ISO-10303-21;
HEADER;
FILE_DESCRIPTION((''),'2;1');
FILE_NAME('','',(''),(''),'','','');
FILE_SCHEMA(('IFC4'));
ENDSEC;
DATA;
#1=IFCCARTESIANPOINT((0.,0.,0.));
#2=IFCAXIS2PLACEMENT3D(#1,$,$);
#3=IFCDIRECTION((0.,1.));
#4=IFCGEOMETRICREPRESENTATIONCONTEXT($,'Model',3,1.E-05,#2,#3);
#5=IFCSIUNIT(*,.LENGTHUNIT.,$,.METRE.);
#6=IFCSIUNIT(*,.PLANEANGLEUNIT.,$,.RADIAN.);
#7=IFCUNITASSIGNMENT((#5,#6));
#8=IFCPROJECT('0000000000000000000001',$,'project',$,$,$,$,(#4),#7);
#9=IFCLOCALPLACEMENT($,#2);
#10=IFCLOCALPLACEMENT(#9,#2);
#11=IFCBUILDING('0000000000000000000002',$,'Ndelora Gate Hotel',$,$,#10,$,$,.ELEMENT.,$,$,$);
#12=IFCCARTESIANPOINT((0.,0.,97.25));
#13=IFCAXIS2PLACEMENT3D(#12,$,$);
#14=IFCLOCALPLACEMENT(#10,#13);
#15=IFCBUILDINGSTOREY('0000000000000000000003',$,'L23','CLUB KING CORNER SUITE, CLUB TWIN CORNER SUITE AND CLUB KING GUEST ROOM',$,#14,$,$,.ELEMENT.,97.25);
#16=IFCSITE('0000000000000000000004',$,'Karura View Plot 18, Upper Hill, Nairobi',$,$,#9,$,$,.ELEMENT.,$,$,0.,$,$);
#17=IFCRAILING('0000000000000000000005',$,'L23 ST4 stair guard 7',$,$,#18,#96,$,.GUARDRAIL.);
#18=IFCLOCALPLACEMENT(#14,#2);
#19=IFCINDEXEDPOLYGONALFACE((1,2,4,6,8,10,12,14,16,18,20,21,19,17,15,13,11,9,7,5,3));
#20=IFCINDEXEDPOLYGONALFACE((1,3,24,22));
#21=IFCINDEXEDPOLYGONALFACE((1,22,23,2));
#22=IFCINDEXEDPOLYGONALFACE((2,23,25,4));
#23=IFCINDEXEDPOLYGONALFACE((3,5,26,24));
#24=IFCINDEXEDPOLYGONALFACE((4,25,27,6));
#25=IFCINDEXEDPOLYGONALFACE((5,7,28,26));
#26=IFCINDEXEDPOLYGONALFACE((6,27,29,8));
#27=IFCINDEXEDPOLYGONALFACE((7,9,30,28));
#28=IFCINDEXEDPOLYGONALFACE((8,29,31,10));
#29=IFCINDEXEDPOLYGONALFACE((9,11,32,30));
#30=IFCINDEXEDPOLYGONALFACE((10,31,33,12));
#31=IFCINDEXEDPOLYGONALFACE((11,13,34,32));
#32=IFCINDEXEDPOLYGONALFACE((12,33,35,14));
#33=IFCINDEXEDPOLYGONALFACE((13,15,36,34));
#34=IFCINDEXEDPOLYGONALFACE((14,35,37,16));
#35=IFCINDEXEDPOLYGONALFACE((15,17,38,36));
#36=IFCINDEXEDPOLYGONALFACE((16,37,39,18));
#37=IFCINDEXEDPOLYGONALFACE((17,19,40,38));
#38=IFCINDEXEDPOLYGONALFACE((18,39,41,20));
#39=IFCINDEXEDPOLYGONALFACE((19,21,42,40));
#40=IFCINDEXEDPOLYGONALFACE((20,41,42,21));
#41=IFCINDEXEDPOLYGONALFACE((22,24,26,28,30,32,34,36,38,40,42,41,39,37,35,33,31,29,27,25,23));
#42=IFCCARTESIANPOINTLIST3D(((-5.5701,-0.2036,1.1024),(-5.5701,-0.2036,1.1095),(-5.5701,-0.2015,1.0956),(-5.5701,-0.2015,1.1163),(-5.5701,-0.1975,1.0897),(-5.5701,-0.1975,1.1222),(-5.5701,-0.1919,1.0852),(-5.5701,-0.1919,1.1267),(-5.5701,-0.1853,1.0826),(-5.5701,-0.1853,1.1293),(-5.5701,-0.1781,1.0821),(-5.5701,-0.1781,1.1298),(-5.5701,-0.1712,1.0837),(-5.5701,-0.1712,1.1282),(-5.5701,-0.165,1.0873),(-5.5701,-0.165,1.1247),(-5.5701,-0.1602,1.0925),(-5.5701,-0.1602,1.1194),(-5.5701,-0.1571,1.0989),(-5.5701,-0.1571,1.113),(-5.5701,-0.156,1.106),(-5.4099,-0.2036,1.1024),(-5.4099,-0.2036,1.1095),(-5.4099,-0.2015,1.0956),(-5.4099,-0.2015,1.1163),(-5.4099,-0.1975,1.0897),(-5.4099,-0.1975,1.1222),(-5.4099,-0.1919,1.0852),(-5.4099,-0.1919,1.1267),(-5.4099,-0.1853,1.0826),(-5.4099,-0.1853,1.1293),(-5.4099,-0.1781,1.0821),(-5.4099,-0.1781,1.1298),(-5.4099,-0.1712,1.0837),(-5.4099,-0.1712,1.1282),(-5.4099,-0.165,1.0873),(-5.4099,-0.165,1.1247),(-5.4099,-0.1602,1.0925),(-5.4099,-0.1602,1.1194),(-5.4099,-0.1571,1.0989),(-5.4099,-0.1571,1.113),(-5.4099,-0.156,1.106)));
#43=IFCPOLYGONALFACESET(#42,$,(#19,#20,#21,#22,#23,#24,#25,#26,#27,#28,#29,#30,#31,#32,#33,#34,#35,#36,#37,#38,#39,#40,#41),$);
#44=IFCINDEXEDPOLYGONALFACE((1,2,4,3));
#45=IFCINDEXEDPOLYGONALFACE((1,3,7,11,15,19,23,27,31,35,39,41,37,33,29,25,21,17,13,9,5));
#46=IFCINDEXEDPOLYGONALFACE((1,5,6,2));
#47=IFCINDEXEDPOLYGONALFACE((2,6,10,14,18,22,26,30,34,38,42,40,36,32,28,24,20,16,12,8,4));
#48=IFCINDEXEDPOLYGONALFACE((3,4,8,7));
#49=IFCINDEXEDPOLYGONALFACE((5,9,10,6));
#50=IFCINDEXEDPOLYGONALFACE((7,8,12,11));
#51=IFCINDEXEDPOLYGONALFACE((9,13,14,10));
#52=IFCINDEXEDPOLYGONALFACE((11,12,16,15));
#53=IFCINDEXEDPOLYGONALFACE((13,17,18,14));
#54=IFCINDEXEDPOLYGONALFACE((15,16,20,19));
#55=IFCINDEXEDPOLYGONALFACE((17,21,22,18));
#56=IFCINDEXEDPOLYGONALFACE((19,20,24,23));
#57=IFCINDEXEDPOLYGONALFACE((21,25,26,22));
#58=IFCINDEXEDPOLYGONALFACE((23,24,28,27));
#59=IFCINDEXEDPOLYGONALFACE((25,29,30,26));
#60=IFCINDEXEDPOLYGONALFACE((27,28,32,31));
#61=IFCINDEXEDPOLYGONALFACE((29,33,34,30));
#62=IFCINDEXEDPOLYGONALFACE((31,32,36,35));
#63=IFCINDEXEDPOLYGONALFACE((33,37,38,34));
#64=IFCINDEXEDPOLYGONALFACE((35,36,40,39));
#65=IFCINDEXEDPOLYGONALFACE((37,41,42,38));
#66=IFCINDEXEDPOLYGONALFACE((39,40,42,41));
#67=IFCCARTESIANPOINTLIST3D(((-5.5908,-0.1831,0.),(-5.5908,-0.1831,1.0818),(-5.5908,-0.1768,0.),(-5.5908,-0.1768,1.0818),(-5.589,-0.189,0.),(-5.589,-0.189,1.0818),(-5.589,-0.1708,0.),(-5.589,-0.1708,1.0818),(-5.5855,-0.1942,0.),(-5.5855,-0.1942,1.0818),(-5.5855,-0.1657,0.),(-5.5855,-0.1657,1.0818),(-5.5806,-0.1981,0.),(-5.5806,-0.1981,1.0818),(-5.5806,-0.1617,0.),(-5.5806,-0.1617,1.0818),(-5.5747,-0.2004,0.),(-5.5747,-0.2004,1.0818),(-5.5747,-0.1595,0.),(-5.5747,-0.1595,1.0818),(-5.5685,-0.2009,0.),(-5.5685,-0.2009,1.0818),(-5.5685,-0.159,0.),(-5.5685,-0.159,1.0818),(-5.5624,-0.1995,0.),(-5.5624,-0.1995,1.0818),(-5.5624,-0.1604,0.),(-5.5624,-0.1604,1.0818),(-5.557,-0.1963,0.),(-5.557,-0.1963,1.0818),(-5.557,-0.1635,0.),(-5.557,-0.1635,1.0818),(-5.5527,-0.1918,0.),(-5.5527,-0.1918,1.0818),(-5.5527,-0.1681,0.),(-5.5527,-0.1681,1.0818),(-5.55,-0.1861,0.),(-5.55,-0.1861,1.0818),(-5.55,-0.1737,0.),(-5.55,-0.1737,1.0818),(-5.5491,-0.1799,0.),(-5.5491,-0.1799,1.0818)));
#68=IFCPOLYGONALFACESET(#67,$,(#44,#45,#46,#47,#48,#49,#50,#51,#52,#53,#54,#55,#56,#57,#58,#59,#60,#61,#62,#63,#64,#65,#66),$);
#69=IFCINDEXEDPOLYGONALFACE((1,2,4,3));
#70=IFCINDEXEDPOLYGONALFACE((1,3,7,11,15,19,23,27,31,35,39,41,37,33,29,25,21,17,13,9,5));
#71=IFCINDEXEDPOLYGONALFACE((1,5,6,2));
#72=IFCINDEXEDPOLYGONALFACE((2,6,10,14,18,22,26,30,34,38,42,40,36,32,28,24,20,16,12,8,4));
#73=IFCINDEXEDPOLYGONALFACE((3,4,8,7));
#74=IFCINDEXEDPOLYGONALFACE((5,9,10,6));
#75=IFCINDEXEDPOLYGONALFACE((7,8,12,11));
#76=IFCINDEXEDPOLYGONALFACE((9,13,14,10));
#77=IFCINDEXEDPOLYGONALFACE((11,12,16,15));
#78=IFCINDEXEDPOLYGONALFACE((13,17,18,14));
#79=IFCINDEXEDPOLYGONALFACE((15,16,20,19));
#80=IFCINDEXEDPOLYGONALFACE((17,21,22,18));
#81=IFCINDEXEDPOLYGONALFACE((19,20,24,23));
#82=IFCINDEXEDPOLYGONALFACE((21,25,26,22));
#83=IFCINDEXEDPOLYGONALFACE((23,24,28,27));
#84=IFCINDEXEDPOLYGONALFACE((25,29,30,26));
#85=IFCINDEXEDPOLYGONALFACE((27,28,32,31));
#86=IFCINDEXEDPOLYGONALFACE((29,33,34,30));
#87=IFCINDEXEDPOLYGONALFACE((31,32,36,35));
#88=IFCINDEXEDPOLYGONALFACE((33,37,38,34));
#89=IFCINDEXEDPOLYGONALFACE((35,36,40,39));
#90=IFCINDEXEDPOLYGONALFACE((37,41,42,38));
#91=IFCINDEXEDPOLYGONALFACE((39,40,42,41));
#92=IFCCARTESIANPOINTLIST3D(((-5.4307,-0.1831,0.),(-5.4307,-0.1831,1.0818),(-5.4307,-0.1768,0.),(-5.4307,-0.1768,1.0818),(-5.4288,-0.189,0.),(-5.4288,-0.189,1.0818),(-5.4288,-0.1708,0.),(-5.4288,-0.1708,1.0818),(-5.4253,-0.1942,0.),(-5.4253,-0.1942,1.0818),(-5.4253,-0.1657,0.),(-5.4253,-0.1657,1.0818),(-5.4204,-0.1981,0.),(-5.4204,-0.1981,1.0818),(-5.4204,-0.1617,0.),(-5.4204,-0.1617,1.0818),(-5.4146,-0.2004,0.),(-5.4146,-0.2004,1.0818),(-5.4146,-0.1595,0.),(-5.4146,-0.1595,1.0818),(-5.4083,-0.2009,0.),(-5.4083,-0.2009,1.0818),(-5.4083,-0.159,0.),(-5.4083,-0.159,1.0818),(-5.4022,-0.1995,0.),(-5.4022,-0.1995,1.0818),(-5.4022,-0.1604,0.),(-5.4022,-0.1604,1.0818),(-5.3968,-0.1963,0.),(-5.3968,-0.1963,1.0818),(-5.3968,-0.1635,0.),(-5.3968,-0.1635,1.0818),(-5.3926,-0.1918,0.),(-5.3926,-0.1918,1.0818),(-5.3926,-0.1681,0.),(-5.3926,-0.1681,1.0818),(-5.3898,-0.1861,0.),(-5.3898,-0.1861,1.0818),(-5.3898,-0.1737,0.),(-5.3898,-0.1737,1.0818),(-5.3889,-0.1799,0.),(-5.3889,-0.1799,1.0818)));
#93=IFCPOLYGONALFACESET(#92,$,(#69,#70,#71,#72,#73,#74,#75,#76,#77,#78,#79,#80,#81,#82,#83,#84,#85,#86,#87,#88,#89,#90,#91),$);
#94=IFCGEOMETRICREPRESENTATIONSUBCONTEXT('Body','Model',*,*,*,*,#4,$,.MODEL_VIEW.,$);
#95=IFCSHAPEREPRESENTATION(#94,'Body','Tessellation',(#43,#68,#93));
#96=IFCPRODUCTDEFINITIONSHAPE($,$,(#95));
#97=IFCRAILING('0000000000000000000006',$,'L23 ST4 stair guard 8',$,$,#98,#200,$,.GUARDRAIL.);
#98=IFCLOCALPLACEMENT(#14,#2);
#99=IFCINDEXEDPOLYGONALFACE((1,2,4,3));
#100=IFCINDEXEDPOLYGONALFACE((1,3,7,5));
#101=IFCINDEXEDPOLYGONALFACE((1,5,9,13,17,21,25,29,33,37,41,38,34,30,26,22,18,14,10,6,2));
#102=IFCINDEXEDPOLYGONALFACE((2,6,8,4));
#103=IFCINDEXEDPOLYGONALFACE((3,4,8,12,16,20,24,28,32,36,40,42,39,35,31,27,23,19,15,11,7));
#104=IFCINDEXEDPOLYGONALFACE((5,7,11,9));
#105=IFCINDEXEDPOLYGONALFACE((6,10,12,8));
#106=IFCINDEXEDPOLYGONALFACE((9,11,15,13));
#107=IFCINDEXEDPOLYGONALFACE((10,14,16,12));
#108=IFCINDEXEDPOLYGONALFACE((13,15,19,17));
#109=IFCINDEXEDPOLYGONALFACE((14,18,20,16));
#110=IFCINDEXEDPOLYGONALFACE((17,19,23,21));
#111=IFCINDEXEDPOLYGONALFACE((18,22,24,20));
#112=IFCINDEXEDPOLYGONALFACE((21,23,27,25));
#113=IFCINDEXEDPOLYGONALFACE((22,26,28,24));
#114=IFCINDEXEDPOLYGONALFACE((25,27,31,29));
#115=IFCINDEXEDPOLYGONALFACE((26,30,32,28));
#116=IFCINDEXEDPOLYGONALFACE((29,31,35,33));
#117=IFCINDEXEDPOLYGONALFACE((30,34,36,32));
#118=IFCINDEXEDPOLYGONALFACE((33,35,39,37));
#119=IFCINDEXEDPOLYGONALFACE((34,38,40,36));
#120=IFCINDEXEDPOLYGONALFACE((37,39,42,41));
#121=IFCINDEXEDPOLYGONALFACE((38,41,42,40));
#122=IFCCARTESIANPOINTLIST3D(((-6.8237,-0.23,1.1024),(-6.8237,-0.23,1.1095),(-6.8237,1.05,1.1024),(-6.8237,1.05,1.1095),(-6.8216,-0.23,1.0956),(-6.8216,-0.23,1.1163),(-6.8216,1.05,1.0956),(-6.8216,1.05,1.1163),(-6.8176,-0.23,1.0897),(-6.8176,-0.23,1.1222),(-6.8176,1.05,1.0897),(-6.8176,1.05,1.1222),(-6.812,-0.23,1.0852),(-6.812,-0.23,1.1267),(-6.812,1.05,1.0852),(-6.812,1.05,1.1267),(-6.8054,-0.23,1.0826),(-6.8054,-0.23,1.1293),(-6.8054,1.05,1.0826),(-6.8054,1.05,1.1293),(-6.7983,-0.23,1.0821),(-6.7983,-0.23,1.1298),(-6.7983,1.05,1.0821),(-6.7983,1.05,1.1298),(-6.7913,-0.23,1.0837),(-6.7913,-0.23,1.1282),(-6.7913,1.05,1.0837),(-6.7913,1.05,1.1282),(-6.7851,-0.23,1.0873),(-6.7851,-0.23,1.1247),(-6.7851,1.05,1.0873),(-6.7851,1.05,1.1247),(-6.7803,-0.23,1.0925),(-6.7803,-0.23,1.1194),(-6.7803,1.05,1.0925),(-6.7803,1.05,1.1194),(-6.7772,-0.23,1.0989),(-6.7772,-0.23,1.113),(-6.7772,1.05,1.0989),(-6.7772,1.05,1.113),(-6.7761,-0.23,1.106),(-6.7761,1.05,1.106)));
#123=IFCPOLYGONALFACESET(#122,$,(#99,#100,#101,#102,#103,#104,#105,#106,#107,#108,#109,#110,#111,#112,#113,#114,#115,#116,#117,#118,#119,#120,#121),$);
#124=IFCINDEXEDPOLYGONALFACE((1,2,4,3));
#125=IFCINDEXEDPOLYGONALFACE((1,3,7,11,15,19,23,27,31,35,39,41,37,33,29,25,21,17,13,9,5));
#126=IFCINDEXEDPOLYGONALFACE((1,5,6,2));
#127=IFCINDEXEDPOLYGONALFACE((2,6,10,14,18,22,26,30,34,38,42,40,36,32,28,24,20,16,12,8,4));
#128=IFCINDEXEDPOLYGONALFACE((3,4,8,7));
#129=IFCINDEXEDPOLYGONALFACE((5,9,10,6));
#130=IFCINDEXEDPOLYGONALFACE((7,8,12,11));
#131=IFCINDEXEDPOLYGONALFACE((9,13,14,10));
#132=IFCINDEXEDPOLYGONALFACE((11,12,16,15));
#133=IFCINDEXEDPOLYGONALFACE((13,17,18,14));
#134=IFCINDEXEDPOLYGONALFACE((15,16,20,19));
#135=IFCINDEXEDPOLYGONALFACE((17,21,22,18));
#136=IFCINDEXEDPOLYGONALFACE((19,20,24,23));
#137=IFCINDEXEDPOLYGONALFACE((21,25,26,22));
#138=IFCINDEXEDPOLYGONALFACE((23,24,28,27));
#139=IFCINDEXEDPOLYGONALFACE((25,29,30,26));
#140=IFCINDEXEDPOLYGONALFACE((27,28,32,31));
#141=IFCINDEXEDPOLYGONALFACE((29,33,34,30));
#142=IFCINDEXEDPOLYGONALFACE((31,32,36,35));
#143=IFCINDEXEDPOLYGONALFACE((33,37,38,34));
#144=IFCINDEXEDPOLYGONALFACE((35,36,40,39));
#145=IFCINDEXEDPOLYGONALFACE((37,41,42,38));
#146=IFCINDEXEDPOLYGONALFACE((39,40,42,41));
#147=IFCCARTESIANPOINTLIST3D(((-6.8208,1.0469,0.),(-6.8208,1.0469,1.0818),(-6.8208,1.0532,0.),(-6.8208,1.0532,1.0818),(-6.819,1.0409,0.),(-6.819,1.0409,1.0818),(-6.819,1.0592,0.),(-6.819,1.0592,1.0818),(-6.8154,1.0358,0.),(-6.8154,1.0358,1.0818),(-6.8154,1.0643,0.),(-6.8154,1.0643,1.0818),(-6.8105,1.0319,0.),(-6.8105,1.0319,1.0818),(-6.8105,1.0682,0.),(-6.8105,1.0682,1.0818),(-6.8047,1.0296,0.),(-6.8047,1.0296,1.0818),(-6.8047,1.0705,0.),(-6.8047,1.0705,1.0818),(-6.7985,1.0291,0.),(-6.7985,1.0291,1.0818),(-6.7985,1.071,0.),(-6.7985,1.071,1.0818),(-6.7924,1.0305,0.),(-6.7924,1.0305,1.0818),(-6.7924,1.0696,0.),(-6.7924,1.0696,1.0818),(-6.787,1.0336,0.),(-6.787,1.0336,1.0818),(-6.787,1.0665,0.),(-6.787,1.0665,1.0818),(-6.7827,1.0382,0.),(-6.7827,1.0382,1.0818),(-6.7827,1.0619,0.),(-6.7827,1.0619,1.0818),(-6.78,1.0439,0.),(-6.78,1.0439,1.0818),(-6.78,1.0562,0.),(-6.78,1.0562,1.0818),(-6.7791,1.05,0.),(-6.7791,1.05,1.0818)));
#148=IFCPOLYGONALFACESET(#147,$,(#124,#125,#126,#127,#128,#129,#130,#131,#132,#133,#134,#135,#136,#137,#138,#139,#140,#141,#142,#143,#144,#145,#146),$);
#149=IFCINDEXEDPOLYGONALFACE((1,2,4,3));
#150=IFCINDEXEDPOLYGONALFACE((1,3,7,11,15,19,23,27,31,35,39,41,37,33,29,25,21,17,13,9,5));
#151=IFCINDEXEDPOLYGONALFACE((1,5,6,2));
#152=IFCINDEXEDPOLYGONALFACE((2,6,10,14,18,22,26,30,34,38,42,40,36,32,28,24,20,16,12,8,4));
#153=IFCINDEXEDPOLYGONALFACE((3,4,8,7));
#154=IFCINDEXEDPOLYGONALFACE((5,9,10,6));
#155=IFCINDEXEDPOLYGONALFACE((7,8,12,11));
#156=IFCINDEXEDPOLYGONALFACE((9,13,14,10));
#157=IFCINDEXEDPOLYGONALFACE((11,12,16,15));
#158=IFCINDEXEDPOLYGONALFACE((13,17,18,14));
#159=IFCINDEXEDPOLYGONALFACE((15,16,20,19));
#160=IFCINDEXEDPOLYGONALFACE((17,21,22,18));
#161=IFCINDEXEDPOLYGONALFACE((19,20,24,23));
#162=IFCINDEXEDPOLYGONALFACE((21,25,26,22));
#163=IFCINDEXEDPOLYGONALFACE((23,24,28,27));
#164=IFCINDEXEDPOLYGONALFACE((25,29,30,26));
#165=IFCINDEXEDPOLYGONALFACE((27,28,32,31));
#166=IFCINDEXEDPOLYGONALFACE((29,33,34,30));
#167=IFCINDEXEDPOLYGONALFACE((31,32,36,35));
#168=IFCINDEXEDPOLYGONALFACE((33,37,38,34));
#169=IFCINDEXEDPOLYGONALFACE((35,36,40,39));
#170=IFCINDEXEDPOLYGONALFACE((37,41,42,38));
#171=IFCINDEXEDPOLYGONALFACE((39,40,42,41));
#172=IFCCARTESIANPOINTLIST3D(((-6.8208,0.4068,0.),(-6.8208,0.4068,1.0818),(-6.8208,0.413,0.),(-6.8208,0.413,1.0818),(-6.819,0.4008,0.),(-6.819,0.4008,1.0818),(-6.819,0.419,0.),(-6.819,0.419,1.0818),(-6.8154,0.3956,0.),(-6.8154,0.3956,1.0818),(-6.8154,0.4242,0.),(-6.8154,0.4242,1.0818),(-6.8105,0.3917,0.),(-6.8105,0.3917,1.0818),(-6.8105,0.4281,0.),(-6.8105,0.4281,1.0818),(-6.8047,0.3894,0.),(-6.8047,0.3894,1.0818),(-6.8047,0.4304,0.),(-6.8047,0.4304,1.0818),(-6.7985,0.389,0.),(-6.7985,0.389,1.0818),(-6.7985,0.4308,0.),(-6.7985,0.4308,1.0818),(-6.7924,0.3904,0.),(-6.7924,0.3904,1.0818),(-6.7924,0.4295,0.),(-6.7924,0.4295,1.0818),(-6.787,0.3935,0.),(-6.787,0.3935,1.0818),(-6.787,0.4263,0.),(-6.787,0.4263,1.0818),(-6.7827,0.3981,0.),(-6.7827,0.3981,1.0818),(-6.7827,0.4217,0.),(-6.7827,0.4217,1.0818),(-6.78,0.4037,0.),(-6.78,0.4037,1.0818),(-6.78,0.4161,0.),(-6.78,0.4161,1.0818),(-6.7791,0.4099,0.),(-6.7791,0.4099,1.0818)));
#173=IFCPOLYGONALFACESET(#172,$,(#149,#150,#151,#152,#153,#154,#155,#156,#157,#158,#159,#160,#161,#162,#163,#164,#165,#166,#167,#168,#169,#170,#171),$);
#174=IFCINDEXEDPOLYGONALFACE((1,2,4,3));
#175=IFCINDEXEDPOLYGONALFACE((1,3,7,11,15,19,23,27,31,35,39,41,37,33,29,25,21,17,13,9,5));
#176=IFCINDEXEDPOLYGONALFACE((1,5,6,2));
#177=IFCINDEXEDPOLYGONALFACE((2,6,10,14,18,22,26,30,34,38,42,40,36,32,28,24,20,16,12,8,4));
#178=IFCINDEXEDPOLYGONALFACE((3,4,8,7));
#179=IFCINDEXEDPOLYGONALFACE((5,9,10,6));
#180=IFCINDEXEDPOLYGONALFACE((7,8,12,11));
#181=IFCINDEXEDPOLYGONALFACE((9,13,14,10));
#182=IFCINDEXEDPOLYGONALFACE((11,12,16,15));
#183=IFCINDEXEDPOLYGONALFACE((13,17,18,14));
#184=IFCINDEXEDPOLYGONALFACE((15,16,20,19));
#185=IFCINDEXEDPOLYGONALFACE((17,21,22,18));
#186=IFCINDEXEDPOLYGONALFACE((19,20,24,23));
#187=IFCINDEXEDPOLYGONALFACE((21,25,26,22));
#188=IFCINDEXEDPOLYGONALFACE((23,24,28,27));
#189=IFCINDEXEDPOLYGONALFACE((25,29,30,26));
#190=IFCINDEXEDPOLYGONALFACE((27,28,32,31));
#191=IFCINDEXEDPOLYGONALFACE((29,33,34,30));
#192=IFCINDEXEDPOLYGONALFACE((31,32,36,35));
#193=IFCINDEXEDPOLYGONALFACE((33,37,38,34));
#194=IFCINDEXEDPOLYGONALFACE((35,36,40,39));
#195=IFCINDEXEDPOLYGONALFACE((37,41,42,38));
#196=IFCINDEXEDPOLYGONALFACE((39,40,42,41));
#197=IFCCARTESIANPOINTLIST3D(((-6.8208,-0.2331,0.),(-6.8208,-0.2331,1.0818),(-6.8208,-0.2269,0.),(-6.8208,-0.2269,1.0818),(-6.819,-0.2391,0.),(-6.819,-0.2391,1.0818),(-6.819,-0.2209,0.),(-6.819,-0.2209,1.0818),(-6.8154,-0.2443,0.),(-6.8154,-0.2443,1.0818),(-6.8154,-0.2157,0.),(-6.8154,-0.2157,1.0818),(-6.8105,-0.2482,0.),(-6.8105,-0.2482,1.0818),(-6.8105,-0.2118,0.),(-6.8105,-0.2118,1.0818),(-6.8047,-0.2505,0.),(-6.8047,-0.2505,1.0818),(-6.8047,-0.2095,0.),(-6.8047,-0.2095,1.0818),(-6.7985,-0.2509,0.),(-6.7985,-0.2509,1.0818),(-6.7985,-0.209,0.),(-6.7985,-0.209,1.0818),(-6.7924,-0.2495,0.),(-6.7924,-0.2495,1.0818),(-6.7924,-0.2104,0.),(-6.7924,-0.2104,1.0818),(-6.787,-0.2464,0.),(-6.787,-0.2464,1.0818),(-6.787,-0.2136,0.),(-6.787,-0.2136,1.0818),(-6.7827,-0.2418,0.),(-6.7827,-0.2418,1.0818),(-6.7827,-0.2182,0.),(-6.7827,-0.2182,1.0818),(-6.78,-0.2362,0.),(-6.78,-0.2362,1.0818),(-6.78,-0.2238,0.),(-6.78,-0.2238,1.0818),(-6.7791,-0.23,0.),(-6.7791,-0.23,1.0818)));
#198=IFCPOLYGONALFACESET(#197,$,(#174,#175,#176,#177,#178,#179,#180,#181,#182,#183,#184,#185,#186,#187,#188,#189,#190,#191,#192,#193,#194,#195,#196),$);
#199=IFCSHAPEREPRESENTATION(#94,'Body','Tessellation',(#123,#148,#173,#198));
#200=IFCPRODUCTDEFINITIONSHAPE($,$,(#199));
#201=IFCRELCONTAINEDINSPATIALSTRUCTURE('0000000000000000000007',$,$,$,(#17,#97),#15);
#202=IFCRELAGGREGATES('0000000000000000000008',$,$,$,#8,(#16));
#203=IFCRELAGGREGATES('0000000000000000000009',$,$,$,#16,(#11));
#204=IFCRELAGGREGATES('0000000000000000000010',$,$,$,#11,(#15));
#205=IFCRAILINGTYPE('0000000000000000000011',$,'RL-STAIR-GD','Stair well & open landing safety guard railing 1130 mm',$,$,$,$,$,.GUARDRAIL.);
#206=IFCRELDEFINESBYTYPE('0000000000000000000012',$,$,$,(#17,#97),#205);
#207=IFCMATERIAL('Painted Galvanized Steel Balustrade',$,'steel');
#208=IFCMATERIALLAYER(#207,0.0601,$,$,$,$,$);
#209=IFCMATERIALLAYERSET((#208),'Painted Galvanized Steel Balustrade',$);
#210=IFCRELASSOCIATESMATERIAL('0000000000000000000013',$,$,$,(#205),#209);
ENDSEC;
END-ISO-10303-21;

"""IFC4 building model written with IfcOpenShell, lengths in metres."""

from ifc_helpers import new_model, si_unit, direction, frame, origin, origin_2d, place, context, subcontext, project, spatial, circle, extrude, material, layer, layer_set, type_object, element, save


model = new_model("IFC4")

# Units and contexts
model_context = context("Model", 3, precision=1e-05, world=origin(), true_north=direction((0.0, 1.0)))
body_context = subcontext(model_context, "Body", "Model", "MODEL_VIEW")
ifc_project = project(units=[si_unit("LENGTHUNIT", "METRE"), si_unit("PLANEANGLEUNIT", "RADIAN")], contexts=[model_context])

# Site, building, storey
site_placement = place(None, origin())
site = spatial("IfcSite", under=ifc_project, at=site_placement, Name="Karura View Plot 18, Upper Hill, Nairobi", CompositionType="ELEMENT", RefElevation=0.0)
building_placement = place(site_placement, origin())
building = spatial("IfcBuilding", under=site, at=building_placement, Name="Ndelora Gate Hotel", CompositionType="ELEMENT")
storey_placement = place(building_placement, frame((0.0, 0.0, 97.25)))
storey = spatial("IfcBuildingStorey", under=building, at=storey_placement, Name="L23", Description="CLUB KING CORNER SUITE, CLUB TWIN CORNER SUITE AND CLUB KING GUEST ROOM", CompositionType="ELEMENT", Elevation=97.25)

# Railings
ifc_material_1 = material(Name="Painted Galvanized Steel Balustrade", Category="steel")
ifc_layer_1 = layer(ifc_material_1, 0.0601)
ifc_layer_set_1 = layer_set([ifc_layer_1], Name="Painted Galvanized Steel Balustrade")
railing_type = type_object("IfcRailingType", Name="RL-STAIR-GD", Description="Stair well & open landing safety guard railing 1130 mm", PredefinedType="GUARDRAIL", material=ifc_layer_set_1)
railing_1_placement = place(storey_placement, frame((-5.5701, -0.1799, 0.0)))
element("IfcRailing", 1, at=railing_1_placement, inside=storey, type_object=railing_type, Name="L23 ST4 stair guard 7", PredefinedType="GUARDRAIL", context=body_context, shape_type="SweptSolid", body=[
    extrude(circle(Radius=0.0239, at=origin_2d()), frame((0.0, 0.0, 1.106), z_axis=(1.0, 0.0, 0.0), x_axis=(0.0, 1.0, 0.0)), (0.0, 0.0, 1.0), 0.1602),
    extrude(circle(Radius=0.021, at=origin_2d()), origin(), (0.0, 0.0, 1.0), 1.0818),
    extrude(circle(Radius=0.021, at=origin_2d()), frame((0.1602, 0.0, 0.0)), (0.0, 0.0, 1.0), 1.0818),
])
for number, where, name in (
    (2, (-6.8, 1.05, 0.0), "L23 ST4 stair guard 8"),
):
    element("IfcRailing", number, at=place(storey_placement, frame(where)), inside=storey, type_object=railing_type, Name=name, PredefinedType="GUARDRAIL", context=body_context, shape_type="SweptSolid", body=[
        extrude(circle(Radius=0.0239, at=origin_2d()), frame((0.0, 0.0, 1.106), z_axis=(0.0, -1.0, 0.0), x_axis=(1.0, 0.0, 0.0)), (0.0, 0.0, 1.0), 1.28),
        extrude(circle(Radius=0.021, at=origin_2d()), origin(), (0.0, 0.0, 1.0), 1.0818),
        extrude(circle(Radius=0.021, at=origin_2d()), frame((0.0, -0.6401, 0.0)), (0.0, 0.0, 1.0), 1.0818),
        extrude(circle(Radius=0.021, at=origin_2d()), frame((0.0, -1.28, 0.0)), (0.0, 0.0, 1.0), 1.0818),
    ])

save(model, "model.ifc")
